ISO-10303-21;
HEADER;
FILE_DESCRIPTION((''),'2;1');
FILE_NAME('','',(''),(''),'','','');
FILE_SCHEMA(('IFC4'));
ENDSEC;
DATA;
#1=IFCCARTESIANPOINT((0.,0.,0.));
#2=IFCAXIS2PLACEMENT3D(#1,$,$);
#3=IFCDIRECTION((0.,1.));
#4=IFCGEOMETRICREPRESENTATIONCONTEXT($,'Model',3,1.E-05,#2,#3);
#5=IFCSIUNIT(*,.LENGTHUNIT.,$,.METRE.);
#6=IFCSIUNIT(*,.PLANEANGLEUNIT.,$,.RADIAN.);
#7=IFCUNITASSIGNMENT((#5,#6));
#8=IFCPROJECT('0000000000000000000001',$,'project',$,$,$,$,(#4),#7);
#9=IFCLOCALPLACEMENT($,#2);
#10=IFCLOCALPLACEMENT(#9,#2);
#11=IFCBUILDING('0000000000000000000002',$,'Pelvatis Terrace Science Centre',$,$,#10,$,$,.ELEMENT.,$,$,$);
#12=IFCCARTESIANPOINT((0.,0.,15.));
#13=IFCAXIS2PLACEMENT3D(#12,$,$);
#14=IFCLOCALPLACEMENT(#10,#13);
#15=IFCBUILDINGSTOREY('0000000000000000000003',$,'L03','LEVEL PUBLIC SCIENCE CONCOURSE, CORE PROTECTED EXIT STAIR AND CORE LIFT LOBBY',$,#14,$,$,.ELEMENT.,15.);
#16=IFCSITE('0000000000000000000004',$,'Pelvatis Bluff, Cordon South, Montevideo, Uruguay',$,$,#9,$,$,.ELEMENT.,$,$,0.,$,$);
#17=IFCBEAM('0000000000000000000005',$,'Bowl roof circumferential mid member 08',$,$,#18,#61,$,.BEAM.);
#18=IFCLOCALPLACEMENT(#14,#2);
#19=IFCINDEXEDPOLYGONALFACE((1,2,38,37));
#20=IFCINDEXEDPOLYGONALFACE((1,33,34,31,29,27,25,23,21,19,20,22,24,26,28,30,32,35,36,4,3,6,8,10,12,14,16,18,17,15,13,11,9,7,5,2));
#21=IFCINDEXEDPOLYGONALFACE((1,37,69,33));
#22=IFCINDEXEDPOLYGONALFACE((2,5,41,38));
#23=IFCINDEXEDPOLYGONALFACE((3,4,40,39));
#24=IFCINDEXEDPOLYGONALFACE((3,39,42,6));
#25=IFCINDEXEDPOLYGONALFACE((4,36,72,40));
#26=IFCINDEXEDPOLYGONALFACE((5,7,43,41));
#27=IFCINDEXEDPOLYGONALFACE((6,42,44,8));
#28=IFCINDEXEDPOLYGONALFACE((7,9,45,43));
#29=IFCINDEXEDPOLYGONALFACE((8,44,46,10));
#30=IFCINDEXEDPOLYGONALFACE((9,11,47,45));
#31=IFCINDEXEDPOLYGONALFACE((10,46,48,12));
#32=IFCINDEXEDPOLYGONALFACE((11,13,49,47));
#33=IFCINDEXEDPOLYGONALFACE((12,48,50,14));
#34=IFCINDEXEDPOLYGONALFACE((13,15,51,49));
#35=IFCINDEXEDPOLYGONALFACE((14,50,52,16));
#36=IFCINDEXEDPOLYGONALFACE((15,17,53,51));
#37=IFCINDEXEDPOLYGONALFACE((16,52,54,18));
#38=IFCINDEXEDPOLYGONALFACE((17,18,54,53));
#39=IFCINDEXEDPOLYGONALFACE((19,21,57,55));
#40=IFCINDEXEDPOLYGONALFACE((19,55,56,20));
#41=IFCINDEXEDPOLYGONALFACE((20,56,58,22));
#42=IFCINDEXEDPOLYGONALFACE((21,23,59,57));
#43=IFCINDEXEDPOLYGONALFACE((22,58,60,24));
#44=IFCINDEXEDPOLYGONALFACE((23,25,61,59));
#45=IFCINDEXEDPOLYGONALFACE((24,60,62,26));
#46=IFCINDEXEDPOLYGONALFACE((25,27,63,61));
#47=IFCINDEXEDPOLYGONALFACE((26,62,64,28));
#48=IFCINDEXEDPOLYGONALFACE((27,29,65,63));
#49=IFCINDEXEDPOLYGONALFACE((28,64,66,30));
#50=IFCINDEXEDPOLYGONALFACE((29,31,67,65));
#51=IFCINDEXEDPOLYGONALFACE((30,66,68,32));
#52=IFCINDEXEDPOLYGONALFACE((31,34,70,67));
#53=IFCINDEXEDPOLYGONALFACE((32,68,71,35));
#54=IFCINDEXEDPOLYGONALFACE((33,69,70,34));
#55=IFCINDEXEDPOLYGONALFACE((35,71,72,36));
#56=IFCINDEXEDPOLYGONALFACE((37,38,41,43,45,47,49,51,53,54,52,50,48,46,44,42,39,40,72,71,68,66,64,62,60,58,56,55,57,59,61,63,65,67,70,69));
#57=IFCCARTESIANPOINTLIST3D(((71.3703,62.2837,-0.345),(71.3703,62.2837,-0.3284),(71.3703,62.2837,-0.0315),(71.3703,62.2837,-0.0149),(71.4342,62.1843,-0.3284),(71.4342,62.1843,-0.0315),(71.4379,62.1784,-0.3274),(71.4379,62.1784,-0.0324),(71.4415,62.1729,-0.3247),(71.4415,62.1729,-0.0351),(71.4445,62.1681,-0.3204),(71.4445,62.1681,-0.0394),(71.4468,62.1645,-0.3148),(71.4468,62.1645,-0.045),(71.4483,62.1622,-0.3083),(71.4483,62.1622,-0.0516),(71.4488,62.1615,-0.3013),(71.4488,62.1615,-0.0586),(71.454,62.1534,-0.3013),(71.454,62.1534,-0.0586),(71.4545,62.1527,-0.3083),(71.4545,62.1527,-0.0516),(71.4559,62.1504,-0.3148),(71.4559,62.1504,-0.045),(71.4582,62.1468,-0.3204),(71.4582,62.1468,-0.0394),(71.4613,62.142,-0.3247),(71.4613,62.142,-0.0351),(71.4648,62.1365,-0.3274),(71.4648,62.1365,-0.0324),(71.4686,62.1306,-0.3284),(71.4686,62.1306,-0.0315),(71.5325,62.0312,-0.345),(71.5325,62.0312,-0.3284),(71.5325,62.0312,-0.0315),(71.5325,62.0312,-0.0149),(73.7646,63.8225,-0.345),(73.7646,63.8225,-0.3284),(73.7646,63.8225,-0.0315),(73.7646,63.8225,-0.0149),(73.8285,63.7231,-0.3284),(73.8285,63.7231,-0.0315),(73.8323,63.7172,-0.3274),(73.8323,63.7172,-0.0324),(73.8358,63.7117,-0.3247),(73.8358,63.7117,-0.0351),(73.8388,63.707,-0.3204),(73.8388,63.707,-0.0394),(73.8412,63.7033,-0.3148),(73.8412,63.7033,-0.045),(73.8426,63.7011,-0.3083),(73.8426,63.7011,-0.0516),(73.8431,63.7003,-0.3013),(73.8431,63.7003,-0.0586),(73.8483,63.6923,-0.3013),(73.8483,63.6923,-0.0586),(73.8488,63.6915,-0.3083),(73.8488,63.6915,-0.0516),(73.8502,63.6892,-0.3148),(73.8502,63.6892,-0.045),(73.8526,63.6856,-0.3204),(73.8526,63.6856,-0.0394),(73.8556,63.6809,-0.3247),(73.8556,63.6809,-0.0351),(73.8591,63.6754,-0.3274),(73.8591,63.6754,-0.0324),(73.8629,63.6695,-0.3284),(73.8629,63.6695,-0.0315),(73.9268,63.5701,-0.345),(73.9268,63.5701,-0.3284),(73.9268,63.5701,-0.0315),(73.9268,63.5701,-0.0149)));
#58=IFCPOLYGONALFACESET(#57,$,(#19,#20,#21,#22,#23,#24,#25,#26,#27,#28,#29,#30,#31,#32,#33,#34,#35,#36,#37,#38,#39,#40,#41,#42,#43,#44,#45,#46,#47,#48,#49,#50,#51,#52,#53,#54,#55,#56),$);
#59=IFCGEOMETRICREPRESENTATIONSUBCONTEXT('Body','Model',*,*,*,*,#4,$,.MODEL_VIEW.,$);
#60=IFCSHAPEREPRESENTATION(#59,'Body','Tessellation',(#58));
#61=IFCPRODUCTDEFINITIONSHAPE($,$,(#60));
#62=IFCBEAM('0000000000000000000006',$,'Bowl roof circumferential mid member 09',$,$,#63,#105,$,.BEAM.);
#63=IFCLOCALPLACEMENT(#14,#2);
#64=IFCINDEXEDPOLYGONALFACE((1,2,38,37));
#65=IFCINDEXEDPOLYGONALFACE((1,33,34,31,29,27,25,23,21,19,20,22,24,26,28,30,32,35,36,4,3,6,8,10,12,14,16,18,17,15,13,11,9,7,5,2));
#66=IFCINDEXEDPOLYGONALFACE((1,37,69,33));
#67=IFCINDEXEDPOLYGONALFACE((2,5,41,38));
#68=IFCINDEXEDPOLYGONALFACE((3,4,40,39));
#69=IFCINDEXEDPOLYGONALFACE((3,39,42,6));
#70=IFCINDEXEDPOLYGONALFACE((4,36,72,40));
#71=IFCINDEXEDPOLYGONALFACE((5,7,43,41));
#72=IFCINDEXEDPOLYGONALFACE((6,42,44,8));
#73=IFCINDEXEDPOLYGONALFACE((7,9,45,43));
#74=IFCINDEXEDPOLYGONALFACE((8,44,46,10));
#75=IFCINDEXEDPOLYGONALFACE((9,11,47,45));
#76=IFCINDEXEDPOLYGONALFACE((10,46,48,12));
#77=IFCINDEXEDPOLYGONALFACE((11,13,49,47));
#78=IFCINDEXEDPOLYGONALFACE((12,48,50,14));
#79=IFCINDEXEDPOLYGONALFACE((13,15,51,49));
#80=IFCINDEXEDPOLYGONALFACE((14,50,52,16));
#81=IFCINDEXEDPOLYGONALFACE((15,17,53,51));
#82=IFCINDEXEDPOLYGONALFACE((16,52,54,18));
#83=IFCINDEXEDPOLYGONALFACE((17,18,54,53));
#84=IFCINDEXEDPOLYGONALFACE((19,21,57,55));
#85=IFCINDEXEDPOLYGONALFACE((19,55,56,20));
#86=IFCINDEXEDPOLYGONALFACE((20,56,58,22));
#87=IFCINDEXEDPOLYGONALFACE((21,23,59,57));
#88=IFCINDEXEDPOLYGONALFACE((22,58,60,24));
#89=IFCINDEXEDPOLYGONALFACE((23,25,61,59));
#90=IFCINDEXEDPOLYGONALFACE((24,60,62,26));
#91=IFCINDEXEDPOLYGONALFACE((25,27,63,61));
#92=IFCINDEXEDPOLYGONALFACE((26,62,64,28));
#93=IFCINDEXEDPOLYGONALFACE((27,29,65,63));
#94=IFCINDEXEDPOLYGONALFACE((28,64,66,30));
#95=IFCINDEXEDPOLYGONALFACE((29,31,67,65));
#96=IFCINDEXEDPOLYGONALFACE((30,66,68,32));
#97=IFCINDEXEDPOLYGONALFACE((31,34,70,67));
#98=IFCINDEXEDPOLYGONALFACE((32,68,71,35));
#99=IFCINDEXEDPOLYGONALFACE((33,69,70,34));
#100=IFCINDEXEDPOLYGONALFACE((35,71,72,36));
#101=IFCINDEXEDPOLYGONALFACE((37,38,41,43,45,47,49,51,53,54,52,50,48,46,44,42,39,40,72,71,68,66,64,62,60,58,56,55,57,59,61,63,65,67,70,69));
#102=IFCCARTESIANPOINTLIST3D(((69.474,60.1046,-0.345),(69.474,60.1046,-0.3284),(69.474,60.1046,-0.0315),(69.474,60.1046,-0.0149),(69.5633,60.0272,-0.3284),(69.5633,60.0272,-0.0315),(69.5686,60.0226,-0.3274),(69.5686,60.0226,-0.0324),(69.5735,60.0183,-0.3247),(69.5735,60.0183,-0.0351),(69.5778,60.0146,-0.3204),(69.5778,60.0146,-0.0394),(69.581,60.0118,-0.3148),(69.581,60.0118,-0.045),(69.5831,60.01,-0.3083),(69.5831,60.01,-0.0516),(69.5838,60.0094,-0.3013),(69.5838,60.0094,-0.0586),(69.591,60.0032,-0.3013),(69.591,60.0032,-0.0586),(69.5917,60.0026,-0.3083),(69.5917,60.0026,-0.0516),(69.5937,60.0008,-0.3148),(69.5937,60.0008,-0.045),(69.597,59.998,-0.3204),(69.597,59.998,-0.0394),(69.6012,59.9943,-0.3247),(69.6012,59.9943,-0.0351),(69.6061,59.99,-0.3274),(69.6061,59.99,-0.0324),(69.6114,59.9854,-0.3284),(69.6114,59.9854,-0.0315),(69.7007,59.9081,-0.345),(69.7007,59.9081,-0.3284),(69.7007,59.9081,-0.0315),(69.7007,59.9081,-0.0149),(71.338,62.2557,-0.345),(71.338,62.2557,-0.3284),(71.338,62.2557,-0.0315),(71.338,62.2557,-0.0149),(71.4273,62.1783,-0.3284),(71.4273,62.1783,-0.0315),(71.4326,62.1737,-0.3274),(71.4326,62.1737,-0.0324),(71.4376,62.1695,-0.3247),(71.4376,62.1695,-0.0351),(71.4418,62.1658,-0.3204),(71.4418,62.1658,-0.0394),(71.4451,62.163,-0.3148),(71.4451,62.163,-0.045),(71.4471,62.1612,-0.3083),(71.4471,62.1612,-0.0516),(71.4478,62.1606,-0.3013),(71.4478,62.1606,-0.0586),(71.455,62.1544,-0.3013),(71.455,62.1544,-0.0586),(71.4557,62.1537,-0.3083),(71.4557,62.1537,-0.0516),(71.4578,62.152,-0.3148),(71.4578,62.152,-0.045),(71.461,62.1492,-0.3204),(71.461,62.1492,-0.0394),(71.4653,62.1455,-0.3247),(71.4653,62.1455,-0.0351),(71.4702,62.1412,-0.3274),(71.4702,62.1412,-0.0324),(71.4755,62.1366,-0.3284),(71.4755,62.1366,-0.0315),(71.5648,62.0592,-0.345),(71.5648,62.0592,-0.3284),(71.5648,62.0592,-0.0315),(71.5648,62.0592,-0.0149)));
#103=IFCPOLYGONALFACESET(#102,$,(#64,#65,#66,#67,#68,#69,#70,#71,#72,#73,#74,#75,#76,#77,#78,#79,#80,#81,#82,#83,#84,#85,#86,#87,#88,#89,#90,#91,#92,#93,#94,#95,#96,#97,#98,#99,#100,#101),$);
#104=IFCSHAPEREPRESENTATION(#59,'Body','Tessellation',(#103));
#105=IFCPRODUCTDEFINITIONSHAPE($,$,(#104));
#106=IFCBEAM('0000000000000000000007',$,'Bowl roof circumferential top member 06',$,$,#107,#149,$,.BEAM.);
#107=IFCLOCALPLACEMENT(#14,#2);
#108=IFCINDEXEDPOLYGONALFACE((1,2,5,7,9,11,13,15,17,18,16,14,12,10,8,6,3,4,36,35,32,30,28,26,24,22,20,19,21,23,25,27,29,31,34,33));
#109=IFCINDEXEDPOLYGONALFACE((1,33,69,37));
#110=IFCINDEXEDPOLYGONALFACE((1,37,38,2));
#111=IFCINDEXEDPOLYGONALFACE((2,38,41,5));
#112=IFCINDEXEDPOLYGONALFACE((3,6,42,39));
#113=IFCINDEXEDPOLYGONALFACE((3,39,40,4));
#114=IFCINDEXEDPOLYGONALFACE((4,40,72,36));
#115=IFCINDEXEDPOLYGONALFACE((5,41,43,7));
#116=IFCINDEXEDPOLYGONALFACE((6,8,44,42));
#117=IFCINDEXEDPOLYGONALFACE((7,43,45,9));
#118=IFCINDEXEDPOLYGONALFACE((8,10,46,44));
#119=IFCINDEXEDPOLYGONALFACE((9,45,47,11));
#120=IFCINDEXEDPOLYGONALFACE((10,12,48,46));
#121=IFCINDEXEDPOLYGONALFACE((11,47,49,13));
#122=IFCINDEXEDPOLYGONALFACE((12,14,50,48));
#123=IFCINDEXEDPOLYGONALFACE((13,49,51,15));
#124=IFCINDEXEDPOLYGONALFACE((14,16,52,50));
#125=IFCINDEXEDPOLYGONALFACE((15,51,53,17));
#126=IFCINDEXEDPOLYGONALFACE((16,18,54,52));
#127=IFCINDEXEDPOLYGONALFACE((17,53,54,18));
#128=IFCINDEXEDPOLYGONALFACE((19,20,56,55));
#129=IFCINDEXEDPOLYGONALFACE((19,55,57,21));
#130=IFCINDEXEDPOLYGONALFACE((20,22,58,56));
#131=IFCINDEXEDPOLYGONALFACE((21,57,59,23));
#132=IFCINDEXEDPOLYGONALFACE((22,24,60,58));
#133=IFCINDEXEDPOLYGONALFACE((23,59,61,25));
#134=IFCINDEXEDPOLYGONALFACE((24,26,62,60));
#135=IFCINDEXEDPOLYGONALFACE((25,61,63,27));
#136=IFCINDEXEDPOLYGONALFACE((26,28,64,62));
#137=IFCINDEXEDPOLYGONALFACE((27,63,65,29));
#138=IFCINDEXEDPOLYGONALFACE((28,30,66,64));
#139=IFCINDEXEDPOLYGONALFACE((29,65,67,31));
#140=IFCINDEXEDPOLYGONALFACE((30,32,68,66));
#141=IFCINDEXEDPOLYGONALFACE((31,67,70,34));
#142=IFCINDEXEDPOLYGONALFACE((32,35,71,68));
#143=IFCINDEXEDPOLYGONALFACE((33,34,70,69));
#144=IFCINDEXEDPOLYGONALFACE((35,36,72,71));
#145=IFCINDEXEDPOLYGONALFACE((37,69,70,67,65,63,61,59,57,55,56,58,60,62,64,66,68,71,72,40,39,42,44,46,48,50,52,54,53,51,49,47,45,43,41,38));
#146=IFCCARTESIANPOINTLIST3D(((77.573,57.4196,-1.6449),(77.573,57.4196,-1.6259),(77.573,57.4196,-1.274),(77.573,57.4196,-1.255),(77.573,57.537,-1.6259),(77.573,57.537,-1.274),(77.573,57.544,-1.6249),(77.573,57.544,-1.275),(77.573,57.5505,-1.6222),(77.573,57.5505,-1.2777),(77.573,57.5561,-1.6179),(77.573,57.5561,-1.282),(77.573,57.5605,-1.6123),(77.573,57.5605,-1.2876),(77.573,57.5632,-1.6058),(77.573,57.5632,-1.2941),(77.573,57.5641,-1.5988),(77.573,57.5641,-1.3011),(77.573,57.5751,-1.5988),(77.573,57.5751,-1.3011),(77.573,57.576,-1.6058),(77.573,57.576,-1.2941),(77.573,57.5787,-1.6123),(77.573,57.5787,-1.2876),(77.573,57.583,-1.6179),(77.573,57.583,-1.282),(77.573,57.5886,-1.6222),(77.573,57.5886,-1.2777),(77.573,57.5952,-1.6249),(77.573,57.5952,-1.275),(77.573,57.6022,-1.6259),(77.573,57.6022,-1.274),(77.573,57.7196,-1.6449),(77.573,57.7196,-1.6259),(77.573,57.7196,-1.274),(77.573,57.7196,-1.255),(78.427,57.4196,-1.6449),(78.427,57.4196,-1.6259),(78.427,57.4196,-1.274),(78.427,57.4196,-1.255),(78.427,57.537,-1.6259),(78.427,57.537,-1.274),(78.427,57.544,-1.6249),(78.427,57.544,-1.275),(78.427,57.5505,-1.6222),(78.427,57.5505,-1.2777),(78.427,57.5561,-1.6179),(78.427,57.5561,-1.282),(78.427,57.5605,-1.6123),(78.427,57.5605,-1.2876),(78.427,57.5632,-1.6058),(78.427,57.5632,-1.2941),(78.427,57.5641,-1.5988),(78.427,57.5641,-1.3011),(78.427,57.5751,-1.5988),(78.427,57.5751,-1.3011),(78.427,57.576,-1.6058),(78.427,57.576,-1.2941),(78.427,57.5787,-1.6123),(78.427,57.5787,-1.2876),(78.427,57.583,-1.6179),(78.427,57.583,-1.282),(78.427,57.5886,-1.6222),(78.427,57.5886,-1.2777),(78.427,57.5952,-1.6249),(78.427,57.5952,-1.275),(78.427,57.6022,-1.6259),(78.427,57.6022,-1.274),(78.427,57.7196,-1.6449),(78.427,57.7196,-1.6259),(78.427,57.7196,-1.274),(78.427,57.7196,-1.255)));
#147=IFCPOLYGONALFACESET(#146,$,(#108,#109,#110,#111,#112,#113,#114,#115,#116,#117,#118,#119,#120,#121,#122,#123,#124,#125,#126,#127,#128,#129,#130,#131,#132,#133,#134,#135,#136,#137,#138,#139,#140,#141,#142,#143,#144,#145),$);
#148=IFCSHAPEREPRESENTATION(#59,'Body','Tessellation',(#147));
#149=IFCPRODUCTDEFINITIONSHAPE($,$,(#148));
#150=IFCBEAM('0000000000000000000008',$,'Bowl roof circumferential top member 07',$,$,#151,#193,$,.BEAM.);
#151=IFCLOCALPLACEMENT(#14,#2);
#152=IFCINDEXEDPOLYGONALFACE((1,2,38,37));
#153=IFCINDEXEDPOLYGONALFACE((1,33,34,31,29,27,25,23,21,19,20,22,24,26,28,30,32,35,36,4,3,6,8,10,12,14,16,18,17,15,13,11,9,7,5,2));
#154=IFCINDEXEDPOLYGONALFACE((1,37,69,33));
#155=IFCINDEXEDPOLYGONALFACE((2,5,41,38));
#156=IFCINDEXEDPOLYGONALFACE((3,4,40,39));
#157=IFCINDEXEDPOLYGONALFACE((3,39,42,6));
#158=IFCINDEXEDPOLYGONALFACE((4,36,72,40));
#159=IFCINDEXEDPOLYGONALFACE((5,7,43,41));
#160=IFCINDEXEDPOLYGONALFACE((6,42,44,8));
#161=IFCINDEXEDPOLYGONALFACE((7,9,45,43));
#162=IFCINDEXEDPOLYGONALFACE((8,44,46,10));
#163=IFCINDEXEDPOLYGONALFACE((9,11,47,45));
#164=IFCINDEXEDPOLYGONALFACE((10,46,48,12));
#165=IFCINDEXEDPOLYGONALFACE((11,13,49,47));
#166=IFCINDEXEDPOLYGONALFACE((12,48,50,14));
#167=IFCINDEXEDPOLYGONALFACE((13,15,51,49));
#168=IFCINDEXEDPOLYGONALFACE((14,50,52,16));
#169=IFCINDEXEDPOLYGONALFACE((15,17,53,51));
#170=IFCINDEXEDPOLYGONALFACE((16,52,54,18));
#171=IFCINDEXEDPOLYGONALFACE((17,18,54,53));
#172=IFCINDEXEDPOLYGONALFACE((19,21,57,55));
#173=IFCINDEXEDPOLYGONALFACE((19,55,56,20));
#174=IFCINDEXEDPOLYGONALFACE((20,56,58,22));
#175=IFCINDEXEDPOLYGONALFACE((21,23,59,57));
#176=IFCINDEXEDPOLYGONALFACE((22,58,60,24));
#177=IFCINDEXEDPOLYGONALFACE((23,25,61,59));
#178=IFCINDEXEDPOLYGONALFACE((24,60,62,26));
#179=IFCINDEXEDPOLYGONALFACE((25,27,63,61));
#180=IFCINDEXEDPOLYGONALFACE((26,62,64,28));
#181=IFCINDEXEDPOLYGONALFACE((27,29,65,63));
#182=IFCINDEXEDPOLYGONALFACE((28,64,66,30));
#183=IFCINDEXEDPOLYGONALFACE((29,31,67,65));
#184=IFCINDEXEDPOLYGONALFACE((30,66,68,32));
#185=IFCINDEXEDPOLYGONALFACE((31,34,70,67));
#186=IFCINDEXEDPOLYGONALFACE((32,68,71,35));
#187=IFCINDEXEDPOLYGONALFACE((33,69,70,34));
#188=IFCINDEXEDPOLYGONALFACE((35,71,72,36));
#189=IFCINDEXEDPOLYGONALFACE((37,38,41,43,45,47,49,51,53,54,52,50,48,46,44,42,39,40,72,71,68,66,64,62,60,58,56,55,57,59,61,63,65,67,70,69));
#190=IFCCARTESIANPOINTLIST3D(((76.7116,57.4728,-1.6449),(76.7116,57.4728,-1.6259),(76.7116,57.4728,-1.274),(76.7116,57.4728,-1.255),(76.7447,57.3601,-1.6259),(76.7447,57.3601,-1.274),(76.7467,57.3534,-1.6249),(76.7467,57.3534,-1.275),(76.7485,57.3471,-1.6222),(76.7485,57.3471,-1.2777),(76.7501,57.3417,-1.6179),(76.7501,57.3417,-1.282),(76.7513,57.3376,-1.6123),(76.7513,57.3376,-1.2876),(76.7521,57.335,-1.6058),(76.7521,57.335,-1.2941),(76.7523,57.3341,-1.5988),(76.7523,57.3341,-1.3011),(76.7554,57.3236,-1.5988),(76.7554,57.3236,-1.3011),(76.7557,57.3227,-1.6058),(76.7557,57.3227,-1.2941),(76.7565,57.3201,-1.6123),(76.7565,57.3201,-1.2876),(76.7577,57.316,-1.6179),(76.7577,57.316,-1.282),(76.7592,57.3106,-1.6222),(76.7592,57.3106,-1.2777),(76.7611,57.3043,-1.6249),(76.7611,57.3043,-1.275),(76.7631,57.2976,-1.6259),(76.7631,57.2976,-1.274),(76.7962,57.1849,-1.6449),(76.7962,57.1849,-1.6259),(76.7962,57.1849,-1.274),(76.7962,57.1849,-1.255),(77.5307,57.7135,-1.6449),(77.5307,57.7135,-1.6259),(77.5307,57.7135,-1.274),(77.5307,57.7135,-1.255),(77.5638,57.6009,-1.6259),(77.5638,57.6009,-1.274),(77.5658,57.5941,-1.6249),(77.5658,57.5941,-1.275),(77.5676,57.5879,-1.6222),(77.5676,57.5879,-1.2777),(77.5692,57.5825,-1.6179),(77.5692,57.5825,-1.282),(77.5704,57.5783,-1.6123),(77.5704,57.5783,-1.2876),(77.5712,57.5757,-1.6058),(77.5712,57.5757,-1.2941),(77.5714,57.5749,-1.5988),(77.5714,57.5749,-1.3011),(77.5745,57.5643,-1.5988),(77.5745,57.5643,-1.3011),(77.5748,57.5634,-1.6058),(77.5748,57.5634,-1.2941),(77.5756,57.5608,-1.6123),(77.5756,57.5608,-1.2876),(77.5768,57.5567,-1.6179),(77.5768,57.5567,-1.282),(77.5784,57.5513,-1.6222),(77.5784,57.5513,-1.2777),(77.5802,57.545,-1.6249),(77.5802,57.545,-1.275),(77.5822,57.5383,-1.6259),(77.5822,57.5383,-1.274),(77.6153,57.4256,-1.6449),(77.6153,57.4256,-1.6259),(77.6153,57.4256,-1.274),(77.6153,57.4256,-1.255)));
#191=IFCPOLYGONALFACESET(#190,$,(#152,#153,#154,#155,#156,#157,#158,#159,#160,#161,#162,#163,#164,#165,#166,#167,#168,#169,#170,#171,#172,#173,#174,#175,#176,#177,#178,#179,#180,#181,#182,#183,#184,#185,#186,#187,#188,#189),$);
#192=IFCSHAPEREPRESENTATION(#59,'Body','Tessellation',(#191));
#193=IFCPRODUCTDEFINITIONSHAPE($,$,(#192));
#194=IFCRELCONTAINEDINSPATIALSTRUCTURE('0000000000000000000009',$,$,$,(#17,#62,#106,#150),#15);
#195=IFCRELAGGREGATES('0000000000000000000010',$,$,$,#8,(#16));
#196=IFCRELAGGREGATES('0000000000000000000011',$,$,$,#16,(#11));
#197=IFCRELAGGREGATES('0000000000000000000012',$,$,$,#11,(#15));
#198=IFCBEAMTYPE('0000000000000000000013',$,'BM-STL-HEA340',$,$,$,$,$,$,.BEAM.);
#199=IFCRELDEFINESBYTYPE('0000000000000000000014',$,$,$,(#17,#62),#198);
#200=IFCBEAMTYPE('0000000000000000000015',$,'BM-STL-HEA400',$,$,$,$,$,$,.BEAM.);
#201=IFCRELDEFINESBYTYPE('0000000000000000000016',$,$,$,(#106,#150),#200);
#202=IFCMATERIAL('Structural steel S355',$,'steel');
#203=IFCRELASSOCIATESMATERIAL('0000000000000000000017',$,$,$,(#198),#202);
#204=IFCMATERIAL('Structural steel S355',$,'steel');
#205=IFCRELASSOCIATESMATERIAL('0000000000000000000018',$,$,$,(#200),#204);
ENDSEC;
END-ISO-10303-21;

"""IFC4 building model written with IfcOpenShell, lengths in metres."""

from ifc_helpers import new_model, si_unit, direction, frame, origin, origin_2d, place, context, subcontext, project, spatial, i_section, extrude, material, material_profile, profile_set, type_object, element, save


model = new_model("IFC4")

# Units and contexts
model_context = context("Model", 3, precision=1e-05, world=origin(), true_north=direction((0.0, 1.0)))
body_context = subcontext(model_context, "Body", "Model", "MODEL_VIEW")
ifc_project = project(units=[si_unit("LENGTHUNIT", "METRE"), si_unit("PLANEANGLEUNIT", "RADIAN")], contexts=[model_context])

# Site, building, storey
site_placement = place(None, origin())
site = spatial("IfcSite", under=ifc_project, at=site_placement, Name="Pelvatis Bluff, Cordon South, Montevideo, Uruguay", CompositionType="ELEMENT", RefElevation=0.0)
building_placement = place(site_placement, origin())
building = spatial("IfcBuilding", under=site, at=building_placement, Name="Pelvatis Terrace Science Centre", CompositionType="ELEMENT")
storey_placement = place(building_placement, frame((0.0, 0.0, 15.0)))
storey = spatial("IfcBuildingStorey", under=building, at=storey_placement, Name="L03", Description="LEVEL PUBLIC SCIENCE CONCOURSE, CORE PROTECTED EXIT STAIR AND CORE LIFT LOBBY", CompositionType="ELEMENT", Elevation=15.0)

# Beams
ifc_material_1 = material(Name="Structural steel S355", Category="steel")
ifc_material_profile_1 = material_profile(ifc_material_1, i_section(OverallWidth=0.3, OverallDepth=0.3301, WebThickness=0.0095, FlangeThickness=0.0166, FilletRadius=0.0271, at=origin_2d()), Name="HEA 340")
ifc_profile_set_1 = profile_set([ifc_material_profile_1], Name="Structural steel S355")
beam_type_1 = type_object("IfcBeamType", Name="BM-STL-HEA340", PredefinedType="BEAM", material=ifc_profile_set_1)
beam_1_placement = place(storey_placement, frame((73.8457, 63.6963, -0.1799), z_axis=(-0.841237, -0.540667, 0.0), x_axis=(0.540667, -0.841237, 0.0)))
element("IfcBeam", 1, at=beam_1_placement, inside=storey, type_object=beam_type_1, Name="Bowl roof circumferential mid member 08", PredefinedType="BEAM", context=body_context, shape_type="SweptSolid", body=[
    extrude(i_section(OverallWidth=0.3, OverallDepth=0.3301, WebThickness=0.0095, FlangeThickness=0.0166, FilletRadius=0.0271, at=origin_2d()), origin(), (0.0, 0.0, 1.0), 2.8462),
])
beam_2_placement = place(storey_placement, frame((71.4514, 62.1575, -0.1799), z_axis=(-0.654872, -0.75574, 0.0), x_axis=(0.75574, -0.654872, 0.0)))
element("IfcBeam", 2, at=beam_2_placement, inside=storey, type_object=beam_type_1, Name="Bowl roof circumferential mid member 09", PredefinedType="BEAM", context=body_context, shape_type="SweptSolid", body=[
    extrude(i_section(OverallWidth=0.3, OverallDepth=0.3301, WebThickness=0.0095, FlangeThickness=0.0166, FilletRadius=0.0271, at=origin_2d()), origin(), (0.0, 0.0, 1.0), 2.8464),
])
ifc_material_2 = material(Name="Structural steel S355", Category="steel")
ifc_material_profile_2 = material_profile(ifc_material_2, i_section(OverallWidth=0.3, OverallDepth=0.3899, WebThickness=0.011, FlangeThickness=0.019, FilletRadius=0.0271, at=origin_2d()), Name="HEA 400")
ifc_profile_set_2 = profile_set([ifc_material_profile_2], Name="Structural steel S355")
beam_type_2 = type_object("IfcBeamType", Name="BM-STL-HEA400", PredefinedType="BEAM", material=ifc_profile_set_2)
beam_3_placement = place(storey_placement, frame((78.427, 57.5696, -1.45), z_axis=(-1.0, 0.0, 0.0), x_axis=(0.0, -1.0, 0.0)))
element("IfcBeam", 3, at=beam_3_placement, inside=storey, type_object=beam_type_2, Name="Bowl roof circumferential top member 06", PredefinedType="BEAM", context=body_context, shape_type="SweptSolid", body=[
    extrude(i_section(OverallWidth=0.3, OverallDepth=0.3899, WebThickness=0.011, FlangeThickness=0.019, FilletRadius=0.0271, at=origin_2d()), origin(), (0.0, 0.0, 1.0), 0.854),
])
beam_4_placement = place(storey_placement, frame((77.573, 57.5696, -1.45), z_axis=(-0.959425, -0.281965, 0.0), x_axis=(0.281965, -0.959425, 0.0)))
element("IfcBeam", 4, at=beam_4_placement, inside=storey, type_object=beam_type_2, Name="Bowl roof circumferential top member 07", PredefinedType="BEAM", context=body_context, shape_type="SweptSolid", body=[
    extrude(i_section(OverallWidth=0.3, OverallDepth=0.3899, WebThickness=0.011, FlangeThickness=0.019, FilletRadius=0.0271, at=origin_2d()), origin(), (0.0, 0.0, 1.0), 0.8538),
])

save(model, "model.ifc")
